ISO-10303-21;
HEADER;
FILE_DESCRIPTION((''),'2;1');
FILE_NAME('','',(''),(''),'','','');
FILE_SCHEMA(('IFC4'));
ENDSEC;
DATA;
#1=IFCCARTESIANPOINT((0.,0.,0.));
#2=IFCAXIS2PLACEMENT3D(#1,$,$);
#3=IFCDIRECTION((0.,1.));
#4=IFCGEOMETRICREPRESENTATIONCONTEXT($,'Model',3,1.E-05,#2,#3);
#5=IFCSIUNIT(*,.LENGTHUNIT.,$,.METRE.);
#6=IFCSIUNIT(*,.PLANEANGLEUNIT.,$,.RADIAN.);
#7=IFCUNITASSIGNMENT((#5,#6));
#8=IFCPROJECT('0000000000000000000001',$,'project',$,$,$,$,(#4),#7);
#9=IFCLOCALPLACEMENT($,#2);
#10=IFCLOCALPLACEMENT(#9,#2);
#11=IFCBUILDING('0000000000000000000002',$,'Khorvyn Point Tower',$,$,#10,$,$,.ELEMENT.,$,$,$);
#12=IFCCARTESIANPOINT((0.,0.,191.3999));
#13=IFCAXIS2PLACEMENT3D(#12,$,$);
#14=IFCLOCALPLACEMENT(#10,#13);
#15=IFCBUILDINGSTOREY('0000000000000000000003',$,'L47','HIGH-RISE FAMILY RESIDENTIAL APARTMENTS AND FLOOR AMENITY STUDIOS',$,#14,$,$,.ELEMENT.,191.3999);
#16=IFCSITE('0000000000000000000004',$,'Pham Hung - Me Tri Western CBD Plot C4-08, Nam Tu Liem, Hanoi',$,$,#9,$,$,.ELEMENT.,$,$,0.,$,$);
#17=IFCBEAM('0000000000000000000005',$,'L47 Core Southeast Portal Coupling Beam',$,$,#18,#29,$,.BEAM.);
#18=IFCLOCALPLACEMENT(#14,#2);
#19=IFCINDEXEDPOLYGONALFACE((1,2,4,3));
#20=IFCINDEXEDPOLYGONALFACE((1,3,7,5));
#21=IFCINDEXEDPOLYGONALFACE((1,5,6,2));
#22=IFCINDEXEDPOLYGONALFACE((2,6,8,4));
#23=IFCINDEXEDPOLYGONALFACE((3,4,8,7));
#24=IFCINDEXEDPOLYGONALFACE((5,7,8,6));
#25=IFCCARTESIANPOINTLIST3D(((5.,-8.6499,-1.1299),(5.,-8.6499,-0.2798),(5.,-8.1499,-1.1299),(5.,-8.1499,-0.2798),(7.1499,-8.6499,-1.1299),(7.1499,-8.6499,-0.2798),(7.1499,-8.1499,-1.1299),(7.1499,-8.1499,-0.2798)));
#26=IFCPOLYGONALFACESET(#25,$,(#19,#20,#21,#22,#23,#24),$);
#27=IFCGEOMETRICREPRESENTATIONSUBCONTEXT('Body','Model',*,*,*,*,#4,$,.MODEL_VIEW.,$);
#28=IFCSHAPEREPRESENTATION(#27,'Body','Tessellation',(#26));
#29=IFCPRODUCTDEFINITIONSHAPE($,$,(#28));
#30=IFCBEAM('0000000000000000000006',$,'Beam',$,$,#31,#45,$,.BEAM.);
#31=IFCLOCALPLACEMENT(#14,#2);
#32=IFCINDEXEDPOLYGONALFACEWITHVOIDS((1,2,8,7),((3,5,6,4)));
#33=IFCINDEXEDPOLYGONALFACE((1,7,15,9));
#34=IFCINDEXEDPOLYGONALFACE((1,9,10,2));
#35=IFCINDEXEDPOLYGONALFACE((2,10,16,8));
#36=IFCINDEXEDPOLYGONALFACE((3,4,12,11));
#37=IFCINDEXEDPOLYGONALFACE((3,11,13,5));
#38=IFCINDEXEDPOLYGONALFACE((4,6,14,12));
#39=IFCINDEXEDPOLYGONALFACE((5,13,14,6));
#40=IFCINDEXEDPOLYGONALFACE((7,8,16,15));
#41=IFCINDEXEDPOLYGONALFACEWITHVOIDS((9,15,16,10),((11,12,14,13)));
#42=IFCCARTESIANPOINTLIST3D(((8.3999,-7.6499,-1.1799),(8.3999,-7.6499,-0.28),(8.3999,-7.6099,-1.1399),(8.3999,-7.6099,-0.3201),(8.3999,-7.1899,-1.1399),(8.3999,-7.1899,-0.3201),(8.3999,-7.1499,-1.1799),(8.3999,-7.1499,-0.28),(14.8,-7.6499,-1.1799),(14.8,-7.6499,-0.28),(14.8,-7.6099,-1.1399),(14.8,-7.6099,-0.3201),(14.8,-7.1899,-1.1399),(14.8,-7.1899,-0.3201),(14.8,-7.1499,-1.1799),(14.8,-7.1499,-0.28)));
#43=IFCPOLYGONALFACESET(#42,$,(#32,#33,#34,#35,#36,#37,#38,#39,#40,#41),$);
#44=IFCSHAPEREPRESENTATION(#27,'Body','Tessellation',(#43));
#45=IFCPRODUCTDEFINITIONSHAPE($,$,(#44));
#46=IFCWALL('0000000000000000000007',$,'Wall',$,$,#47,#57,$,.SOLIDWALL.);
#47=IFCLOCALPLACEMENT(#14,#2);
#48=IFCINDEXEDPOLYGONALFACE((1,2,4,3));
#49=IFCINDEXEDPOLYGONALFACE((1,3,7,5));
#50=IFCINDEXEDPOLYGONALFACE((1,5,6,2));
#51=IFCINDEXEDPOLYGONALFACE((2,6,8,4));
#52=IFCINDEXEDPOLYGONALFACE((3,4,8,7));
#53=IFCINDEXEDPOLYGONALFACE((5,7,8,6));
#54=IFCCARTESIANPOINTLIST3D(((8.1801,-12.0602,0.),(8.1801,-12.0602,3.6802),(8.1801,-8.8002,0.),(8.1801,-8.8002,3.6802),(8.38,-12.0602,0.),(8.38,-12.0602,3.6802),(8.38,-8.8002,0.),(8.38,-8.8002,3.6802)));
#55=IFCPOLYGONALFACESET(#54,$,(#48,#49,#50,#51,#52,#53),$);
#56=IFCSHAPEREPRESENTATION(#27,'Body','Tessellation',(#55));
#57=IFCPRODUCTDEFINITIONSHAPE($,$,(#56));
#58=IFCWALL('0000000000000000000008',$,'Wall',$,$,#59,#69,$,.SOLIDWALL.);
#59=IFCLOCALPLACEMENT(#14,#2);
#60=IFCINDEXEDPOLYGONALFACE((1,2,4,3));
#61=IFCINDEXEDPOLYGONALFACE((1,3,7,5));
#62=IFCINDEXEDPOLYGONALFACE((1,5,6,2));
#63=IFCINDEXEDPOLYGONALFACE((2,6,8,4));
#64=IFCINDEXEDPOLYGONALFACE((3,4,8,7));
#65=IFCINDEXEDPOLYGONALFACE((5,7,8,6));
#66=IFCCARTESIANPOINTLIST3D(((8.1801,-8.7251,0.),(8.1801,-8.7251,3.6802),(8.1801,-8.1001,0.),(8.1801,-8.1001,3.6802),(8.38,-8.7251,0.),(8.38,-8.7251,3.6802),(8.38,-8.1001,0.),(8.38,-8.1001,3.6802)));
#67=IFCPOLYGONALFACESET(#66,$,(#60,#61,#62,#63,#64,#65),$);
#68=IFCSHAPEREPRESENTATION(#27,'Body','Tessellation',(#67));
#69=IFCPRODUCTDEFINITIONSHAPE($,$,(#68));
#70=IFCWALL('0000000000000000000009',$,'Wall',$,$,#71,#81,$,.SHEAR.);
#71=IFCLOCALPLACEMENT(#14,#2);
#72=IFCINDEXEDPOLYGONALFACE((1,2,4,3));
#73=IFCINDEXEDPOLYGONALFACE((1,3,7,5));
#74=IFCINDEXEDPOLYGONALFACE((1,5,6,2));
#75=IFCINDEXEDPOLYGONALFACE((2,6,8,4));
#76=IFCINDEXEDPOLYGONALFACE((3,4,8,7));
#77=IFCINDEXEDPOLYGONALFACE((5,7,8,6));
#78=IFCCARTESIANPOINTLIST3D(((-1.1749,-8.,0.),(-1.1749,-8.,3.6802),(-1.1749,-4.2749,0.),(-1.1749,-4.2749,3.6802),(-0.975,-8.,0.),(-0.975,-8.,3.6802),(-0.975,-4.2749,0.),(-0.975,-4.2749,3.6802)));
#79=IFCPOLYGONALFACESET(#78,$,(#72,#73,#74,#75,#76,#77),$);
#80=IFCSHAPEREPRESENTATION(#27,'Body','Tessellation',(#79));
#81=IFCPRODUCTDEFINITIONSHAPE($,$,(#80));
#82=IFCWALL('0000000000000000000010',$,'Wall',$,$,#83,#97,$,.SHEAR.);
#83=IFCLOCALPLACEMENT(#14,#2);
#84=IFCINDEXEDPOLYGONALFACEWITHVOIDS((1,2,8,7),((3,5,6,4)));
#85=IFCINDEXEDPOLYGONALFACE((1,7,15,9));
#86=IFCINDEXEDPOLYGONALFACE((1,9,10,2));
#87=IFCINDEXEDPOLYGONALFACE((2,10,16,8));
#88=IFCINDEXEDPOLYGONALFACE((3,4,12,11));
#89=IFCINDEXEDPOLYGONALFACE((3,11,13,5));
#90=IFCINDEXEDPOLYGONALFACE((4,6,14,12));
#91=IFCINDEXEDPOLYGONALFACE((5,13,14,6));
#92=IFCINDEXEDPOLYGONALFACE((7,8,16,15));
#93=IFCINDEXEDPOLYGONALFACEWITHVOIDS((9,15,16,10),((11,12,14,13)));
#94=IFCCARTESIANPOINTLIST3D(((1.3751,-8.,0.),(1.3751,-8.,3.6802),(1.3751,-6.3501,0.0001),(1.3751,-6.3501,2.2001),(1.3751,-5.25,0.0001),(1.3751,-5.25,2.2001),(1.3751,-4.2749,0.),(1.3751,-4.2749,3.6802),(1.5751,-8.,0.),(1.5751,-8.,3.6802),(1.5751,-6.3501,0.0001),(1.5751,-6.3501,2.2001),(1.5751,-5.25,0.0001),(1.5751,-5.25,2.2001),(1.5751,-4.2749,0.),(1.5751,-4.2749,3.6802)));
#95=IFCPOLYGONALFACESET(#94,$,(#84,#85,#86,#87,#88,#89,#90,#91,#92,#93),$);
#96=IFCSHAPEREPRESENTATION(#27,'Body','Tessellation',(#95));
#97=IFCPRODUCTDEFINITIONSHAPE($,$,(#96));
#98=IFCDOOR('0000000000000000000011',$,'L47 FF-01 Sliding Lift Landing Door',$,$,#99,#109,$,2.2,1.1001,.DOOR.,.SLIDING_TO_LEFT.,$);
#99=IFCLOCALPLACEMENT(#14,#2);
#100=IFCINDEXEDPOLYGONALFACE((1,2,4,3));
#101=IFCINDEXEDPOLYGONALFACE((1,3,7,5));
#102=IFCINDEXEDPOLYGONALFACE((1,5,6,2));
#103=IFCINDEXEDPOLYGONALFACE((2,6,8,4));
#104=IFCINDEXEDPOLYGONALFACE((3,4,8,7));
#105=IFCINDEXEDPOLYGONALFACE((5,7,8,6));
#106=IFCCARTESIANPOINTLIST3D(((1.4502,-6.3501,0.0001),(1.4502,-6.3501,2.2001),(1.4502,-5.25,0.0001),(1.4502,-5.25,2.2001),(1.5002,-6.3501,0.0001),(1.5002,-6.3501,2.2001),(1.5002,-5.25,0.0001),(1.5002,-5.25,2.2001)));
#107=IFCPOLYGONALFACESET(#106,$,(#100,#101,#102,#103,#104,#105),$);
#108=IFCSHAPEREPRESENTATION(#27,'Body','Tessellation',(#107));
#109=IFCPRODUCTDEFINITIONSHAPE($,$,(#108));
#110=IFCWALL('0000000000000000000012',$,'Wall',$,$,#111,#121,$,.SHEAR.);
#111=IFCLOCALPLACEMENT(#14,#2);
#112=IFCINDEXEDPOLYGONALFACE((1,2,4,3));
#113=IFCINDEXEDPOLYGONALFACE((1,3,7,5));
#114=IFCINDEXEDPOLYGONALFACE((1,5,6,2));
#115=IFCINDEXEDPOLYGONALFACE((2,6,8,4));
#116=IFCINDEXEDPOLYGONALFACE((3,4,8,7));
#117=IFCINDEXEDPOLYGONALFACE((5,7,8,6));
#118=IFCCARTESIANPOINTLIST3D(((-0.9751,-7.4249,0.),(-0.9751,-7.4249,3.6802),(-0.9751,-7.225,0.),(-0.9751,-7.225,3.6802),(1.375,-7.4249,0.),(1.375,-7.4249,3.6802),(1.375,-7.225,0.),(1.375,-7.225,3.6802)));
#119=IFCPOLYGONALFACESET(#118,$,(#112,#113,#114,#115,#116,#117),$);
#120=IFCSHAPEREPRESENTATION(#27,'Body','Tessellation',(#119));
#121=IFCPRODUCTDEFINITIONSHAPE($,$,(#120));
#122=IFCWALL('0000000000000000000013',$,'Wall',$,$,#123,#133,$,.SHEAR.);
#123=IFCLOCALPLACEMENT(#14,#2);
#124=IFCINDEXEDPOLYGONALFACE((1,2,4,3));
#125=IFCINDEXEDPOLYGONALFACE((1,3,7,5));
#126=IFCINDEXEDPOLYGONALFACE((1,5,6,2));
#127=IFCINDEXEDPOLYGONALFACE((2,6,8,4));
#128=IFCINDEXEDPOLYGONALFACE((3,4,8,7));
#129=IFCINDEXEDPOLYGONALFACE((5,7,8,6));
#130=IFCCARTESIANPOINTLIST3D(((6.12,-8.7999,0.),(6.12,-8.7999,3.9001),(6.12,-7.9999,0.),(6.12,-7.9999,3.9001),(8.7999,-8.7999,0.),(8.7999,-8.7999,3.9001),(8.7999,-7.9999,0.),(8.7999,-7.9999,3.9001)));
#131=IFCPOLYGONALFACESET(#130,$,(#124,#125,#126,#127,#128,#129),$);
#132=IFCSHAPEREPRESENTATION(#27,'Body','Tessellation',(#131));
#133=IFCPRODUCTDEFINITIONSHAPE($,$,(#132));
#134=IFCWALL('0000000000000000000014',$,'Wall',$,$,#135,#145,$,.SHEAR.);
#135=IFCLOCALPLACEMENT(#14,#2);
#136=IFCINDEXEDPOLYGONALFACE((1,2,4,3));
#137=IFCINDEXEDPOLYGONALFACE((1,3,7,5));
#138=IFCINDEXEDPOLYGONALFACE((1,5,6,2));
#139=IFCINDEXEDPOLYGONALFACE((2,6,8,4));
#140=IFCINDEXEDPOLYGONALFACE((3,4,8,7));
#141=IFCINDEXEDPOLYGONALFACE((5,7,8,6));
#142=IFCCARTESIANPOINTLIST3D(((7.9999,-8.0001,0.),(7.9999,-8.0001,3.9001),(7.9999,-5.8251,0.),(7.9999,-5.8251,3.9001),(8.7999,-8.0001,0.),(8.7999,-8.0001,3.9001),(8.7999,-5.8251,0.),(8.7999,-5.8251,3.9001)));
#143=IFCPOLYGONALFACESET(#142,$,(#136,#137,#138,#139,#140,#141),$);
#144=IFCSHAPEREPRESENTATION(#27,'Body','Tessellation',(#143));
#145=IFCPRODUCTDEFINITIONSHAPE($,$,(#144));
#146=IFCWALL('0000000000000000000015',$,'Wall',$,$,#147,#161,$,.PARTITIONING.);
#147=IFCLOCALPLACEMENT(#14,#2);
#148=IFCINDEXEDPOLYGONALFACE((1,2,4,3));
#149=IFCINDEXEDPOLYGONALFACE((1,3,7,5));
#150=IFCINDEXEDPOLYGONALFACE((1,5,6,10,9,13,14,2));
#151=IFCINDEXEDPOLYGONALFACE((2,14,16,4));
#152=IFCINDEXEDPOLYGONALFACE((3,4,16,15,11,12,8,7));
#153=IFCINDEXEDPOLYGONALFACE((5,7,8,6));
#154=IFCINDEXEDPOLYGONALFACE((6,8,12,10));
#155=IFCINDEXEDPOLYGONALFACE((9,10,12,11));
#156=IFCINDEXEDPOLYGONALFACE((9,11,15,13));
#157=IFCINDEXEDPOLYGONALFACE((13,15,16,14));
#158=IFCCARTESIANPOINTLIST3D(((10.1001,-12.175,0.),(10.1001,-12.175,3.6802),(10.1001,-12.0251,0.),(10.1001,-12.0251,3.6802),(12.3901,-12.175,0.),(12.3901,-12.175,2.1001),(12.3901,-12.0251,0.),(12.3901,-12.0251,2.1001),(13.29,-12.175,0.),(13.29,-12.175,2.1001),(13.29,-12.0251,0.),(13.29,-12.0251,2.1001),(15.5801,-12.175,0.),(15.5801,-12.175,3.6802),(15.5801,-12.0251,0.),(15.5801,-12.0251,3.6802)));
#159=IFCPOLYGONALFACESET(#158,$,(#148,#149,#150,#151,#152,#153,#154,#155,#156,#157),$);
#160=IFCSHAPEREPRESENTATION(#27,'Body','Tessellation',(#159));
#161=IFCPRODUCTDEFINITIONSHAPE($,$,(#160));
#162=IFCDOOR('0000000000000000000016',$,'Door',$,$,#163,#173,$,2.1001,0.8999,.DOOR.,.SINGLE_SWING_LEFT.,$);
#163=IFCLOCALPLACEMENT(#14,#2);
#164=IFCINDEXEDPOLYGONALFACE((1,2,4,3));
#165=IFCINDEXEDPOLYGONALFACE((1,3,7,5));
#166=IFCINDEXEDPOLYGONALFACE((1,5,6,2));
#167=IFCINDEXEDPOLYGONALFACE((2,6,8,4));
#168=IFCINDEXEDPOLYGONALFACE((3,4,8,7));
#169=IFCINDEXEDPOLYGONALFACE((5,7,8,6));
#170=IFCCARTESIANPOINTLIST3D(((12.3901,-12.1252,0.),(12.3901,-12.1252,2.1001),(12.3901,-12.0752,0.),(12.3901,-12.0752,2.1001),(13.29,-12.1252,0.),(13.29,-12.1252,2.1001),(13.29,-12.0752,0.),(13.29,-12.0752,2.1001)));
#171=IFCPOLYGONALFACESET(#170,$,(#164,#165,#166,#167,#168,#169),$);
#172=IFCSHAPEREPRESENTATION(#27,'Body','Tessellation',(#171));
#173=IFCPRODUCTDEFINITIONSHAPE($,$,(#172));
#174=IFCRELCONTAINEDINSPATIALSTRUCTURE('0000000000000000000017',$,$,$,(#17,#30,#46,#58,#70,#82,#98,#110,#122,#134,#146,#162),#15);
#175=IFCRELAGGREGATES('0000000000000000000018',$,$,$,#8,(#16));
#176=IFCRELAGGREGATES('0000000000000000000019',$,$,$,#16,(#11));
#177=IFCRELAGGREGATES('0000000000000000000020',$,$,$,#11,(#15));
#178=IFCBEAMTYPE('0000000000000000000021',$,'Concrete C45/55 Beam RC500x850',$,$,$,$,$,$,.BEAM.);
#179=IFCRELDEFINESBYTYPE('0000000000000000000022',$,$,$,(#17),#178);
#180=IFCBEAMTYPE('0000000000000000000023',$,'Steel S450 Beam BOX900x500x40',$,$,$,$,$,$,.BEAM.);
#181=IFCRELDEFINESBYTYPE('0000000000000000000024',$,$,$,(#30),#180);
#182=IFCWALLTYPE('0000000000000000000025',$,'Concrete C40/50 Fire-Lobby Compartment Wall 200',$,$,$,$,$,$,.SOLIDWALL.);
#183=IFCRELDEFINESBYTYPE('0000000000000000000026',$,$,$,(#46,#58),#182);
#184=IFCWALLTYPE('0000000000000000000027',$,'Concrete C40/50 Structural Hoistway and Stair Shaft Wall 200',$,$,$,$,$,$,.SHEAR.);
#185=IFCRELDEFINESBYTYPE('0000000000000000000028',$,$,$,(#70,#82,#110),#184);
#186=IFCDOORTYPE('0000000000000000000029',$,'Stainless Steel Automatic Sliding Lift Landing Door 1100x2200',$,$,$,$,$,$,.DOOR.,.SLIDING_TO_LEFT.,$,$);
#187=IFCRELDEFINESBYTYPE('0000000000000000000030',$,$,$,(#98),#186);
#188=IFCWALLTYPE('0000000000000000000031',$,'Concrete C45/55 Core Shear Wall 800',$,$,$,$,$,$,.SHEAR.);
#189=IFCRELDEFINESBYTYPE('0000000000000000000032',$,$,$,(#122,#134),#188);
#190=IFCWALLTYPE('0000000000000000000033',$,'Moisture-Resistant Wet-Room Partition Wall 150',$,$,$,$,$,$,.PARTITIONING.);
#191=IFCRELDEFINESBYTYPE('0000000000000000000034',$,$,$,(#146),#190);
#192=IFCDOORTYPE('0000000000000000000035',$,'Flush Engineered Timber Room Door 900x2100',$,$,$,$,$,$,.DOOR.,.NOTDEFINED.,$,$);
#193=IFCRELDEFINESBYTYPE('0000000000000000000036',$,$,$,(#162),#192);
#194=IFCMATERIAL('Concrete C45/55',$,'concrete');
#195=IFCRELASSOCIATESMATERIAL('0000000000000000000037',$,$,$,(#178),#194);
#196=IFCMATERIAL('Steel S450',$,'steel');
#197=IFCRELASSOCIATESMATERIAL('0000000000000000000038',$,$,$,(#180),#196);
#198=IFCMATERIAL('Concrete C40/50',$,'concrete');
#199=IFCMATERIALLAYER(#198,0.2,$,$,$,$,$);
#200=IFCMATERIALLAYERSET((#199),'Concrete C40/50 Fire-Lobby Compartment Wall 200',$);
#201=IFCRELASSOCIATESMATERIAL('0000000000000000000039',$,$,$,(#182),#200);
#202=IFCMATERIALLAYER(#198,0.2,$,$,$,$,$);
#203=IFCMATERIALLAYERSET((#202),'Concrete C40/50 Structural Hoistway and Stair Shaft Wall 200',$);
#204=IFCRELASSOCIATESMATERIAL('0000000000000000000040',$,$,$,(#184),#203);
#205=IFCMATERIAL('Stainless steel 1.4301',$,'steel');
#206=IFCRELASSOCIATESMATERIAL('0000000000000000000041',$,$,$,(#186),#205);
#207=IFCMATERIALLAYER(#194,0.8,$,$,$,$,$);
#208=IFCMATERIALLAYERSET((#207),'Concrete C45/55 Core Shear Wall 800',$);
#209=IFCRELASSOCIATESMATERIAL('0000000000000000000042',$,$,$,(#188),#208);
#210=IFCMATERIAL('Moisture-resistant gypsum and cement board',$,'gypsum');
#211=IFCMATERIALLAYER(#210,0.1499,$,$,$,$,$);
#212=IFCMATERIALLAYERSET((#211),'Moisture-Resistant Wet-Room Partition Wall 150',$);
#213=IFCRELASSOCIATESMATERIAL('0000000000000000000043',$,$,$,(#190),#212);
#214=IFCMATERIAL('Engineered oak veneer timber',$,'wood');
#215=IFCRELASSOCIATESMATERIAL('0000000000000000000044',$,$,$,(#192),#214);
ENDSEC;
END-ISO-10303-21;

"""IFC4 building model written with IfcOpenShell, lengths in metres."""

from ifc_helpers import new_model, si_unit, direction, frame, frame_2d, origin, origin_2d, place, context, subcontext, project, spatial, rectangle, hollow_rectangle, extrude, material, layer, layer_set, material_profile, profile_set, type_object, element, fill, save


model = new_model("IFC4")

# Units and contexts
model_context = context("Model", 3, precision=1e-05, world=origin(), true_north=direction((0.0, 1.0)))
body_context = subcontext(model_context, "Body", "Model", "MODEL_VIEW")
ifc_project = project(units=[si_unit("LENGTHUNIT", "METRE"), si_unit("PLANEANGLEUNIT", "RADIAN")], contexts=[model_context])

# Site, building, storey
site_placement = place(None, origin())
site = spatial("IfcSite", under=ifc_project, at=site_placement, Name="Pham Hung - Me Tri Western CBD Plot C4-08, Nam Tu Liem, Hanoi", CompositionType="ELEMENT", RefElevation=0.0)
building_placement = place(site_placement, origin())
building = spatial("IfcBuilding", under=site, at=building_placement, Name="Khorvyn Point Tower", CompositionType="ELEMENT")
storey_placement = place(building_placement, frame((0.0, 0.0, 191.3999)))
storey = spatial("IfcBuildingStorey", under=building, at=storey_placement, Name="L47", Description="HIGH-RISE FAMILY RESIDENTIAL APARTMENTS AND FLOOR AMENITY STUDIOS", CompositionType="ELEMENT", Elevation=191.3999)

# Beams
ifc_material_1 = material(Name="Concrete C45/55", Category="concrete")
ifc_material_profile_1 = material_profile(ifc_material_1, rectangle(XDim=0.5, YDim=0.8501, at=origin_2d()))
ifc_profile_set_1 = profile_set([ifc_material_profile_1], Name="Concrete C45/55 RC500x850")
beam_type_1 = type_object("IfcBeamType", Name="Concrete C45/55 Beam RC500x850", PredefinedType="BEAM", material=ifc_profile_set_1)
beam_1_placement = place(storey_placement, frame((5.0, -8.3999, -0.7048), z_axis=(1.0, 0.0, 0.0), x_axis=(0.0, 1.0, 0.0)))
element("IfcBeam", 1, at=beam_1_placement, inside=storey, type_object=beam_type_1, Name="L47 Core Southeast Portal Coupling Beam", PredefinedType="BEAM", context=body_context, shape_type="SweptSolid", body=[
    extrude(rectangle(XDim=0.5, YDim=0.8501, at=origin_2d()), origin(), (0.0, 0.0, 1.0), 2.1499),
])
ifc_material_2 = material(Name="Steel S450", Category="steel")
ifc_material_profile_2 = material_profile(ifc_material_2, hollow_rectangle(XDim=0.5, YDim=0.8999, WallThickness=0.04, at=origin_2d()))
ifc_profile_set_2 = profile_set([ifc_material_profile_2], Name="Steel S450 BOX900x500x40")
beam_type_2 = type_object("IfcBeamType", Name="Steel S450 Beam BOX900x500x40", PredefinedType="BEAM", material=ifc_profile_set_2)
beam_2_placement = place(storey_placement, frame((8.3999, -7.3999, -0.73), z_axis=(1.0, 0.0, 0.0), x_axis=(0.0, 1.0, 0.0)))
element("IfcBeam", 2, at=beam_2_placement, inside=storey, type_object=beam_type_2, Name="Beam", PredefinedType="BEAM", context=body_context, shape_type="SweptSolid", body=[
    extrude(hollow_rectangle(XDim=0.5, YDim=0.8999, WallThickness=0.04, at=origin_2d()), origin(), (0.0, 0.0, 1.0), 6.4001),
])

# Shared definitions
ifc_material_3 = material(Name="Concrete C40/50", Category="concrete")
ifc_layer_1 = layer(ifc_material_3, 0.2)
ifc_layer_set_1 = layer_set([ifc_layer_1], Name="Concrete C40/50 Fire-Lobby Compartment Wall 200")
wall_type_1 = type_object("IfcWallType", Name="Concrete C40/50 Fire-Lobby Compartment Wall 200", PredefinedType="SOLIDWALL", material=ifc_layer_set_1)

# Walls
wall_1_placement = place(storey_placement, frame((8.28, -12.0601, 0.0), z_axis=(0.0, 0.0, 1.0), x_axis=(0.0, 1.0, 0.0)))
element("IfcWall", 3, at=wall_1_placement, inside=storey, type_object=wall_type_1, Name="Wall", PredefinedType="SOLIDWALL", context=body_context, shape_type="SweptSolid", body=[
    extrude(rectangle(XDim=3.26, YDim=0.2, at=frame_2d((1.6299, 0.0))), origin(), (0.0, 0.0, 1.0), 3.6802),
])
wall_2_placement = place(storey_placement, frame((8.28, -8.7251, 0.0), z_axis=(0.0, 0.0, 1.0), x_axis=(0.0, 1.0, 0.0)))
element("IfcWall", 4, at=wall_2_placement, inside=storey, type_object=wall_type_1, Name="Wall", PredefinedType="SOLIDWALL", context=body_context, shape_type="SweptSolid", body=[
    extrude(rectangle(XDim=0.625, YDim=0.2, at=frame_2d((0.3125, 0.0))), origin(), (0.0, 0.0, 1.0), 3.6802),
])

# Wall
ifc_layer_2 = layer(ifc_material_3, 0.2)
ifc_layer_set_2 = layer_set([ifc_layer_2], Name="Concrete C40/50 Structural Hoistway and Stair Shaft Wall 200")
wall_type_2 = type_object("IfcWallType", Name="Concrete C40/50 Structural Hoistway and Stair Shaft Wall 200", PredefinedType="SHEAR", material=ifc_layer_set_2)
wall_3_placement = place(storey_placement, frame((-1.075, -8.0, 0.0), z_axis=(0.0, 0.0, 1.0), x_axis=(0.0, 1.0, 0.0)))
element("IfcWall", 5, at=wall_3_placement, inside=storey, type_object=wall_type_2, Name="Wall", PredefinedType="SHEAR", context=body_context, shape_type="SweptSolid", body=[
    extrude(rectangle(XDim=3.7251, YDim=0.2, at=frame_2d((1.8625, 0.0))), origin(), (0.0, 0.0, 1.0), 3.6802),
])

# Wall, opening, door
wall_4_placement = place(storey_placement, frame((1.4751, -8.0, 0.0), z_axis=(0.0, 0.0, 1.0), x_axis=(0.0, 1.0, 0.0)))
wall_4 = element("IfcWall", 6, at=wall_4_placement, inside=storey, type_object=wall_type_2, Name="Wall", PredefinedType="SHEAR", context=body_context, shape_type="SweptSolid", body=[
    extrude(rectangle(XDim=3.7251, YDim=0.2, at=frame_2d((1.8625, 0.0))), origin(), (0.0, 0.0, 1.0), 3.6802),
])
opening_1_placement = place(wall_4_placement, frame((1.6499, 0.0, 0.0)))
opening_1 = element("IfcOpeningElement", 7, at=opening_1_placement, cuts=wall_4, PredefinedType="OPENING", context=body_context, shape_type="SweptSolid", body=[
    extrude(rectangle(XDim=1.1001, YDim=2.2, at=frame_2d((0.55, 1.1001))), frame((0.0, 0.1099, 0.0), z_axis=(0.0, -1.0, 0.0), x_axis=(1.0, 0.0, 0.0)), (0.0, 0.0, 1.0), 0.22),
])
ifc_material_4 = material(Name="Stainless steel 1.4301", Category="steel")
door_type_1 = type_object("IfcDoorType", Name="Stainless Steel Automatic Sliding Lift Landing Door 1100x2200", OperationType="SLIDING_TO_LEFT", PredefinedType="DOOR", material=ifc_material_4)
door_1_placement = place(opening_1_placement, origin())
door_1 = element("IfcDoor", 8, at=door_1_placement, inside=storey, type_object=door_type_1, Name="L47 FF-01 Sliding Lift Landing Door", OperationType="SLIDING_TO_LEFT", OverallHeight=2.2, OverallWidth=1.1001, PredefinedType="DOOR", context=body_context, shape_type="SweptSolid", body=[
    extrude(rectangle(XDim=1.1001, YDim=2.2, at=frame_2d((0.55, 1.1001))), frame((0.0, 0.0249, 0.0), z_axis=(0.0, -1.0, 0.0), x_axis=(1.0, 0.0, 0.0)), (0.0, 0.0, 1.0), 0.05),
])
fill(opening_1, door_1)

# Walls
wall_5_placement = place(storey_placement, frame((-0.9751, -7.325, 0.0), z_axis=(0.0, 0.0, 1.0), x_axis=(1.0, 0.0, 0.0)))
element("IfcWall", 9, at=wall_5_placement, inside=storey, type_object=wall_type_2, Name="Wall", PredefinedType="SHEAR", context=body_context, shape_type="SweptSolid", body=[
    extrude(rectangle(XDim=2.3501, YDim=0.2, at=frame_2d((1.175, 0.0))), origin(), (0.0, 0.0, 1.0), 3.6802),
])
ifc_layer_3 = layer(ifc_material_1, 0.8)
ifc_layer_set_3 = layer_set([ifc_layer_3], Name="Concrete C45/55 Core Shear Wall 800")
wall_type_3 = type_object("IfcWallType", Name="Concrete C45/55 Core Shear Wall 800", PredefinedType="SHEAR", material=ifc_layer_set_3)
wall_6_placement = place(storey_placement, frame((6.1201, -8.3999, 0.0), z_axis=(0.0, 0.0, 1.0), x_axis=(1.0, 0.0, 0.0)))
element("IfcWall", 10, at=wall_6_placement, inside=storey, type_object=wall_type_3, Name="Wall", PredefinedType="SHEAR", context=body_context, shape_type="SweptSolid", body=[
    extrude(rectangle(XDim=2.6799, YDim=0.8, at=frame_2d((1.3398, 0.0))), origin(), (0.0, 0.0, 1.0), 3.9001),
])
wall_7_placement = place(storey_placement, frame((8.3999, -8.0, 0.0), z_axis=(0.0, 0.0, 1.0), x_axis=(0.0, 1.0, 0.0)))
element("IfcWall", 11, at=wall_7_placement, inside=storey, type_object=wall_type_3, Name="Wall", PredefinedType="SHEAR", context=body_context, shape_type="SweptSolid", body=[
    extrude(rectangle(XDim=2.175, YDim=0.8, at=frame_2d((1.0874, 0.0))), origin(), (0.0, 0.0, 1.0), 3.9001),
])

# Wall, opening, door
ifc_material_5 = material(Name="Moisture-resistant gypsum and cement board", Category="gypsum")
ifc_layer_4 = layer(ifc_material_5, 0.1499)
ifc_layer_set_4 = layer_set([ifc_layer_4], Name="Moisture-Resistant Wet-Room Partition Wall 150")
wall_type_4 = type_object("IfcWallType", Name="Moisture-Resistant Wet-Room Partition Wall 150", PredefinedType="PARTITIONING", material=ifc_layer_set_4)
wall_8_placement = place(storey_placement, frame((10.1001, -12.1001, 0.0), z_axis=(0.0, 0.0, 1.0), x_axis=(1.0, 0.0, 0.0)))
wall_8 = element("IfcWall", 12, at=wall_8_placement, inside=storey, type_object=wall_type_4, Name="Wall", PredefinedType="PARTITIONING", context=body_context, shape_type="SweptSolid", body=[
    extrude(rectangle(XDim=5.48, YDim=0.1499, at=frame_2d((2.74, 0.0))), origin(), (0.0, 0.0, 1.0), 3.6802),
])
opening_2_placement = place(wall_8_placement, frame((2.29, 0.0, 0.0)))
opening_2 = element("IfcOpeningElement", 13, at=opening_2_placement, cuts=wall_8, PredefinedType="OPENING", context=body_context, shape_type="SweptSolid", body=[
    extrude(rectangle(XDim=0.8999, YDim=2.1001, at=frame_2d((0.45, 1.05))), frame((0.0, 0.085, 0.0), z_axis=(0.0, -1.0, 0.0), x_axis=(1.0, 0.0, 0.0)), (0.0, 0.0, 1.0), 0.1699),
])
ifc_material_6 = material(Name="Engineered oak veneer timber", Category="wood")
door_type_2 = type_object("IfcDoorType", Name="Flush Engineered Timber Room Door 900x2100", OperationType="NOTDEFINED", PredefinedType="DOOR", material=ifc_material_6)
door_2_placement = place(opening_2_placement, origin())
door_2 = element("IfcDoor", 14, at=door_2_placement, inside=storey, type_object=door_type_2, Name="Door", OperationType="SINGLE_SWING_LEFT", OverallHeight=2.1001, OverallWidth=0.8999, PredefinedType="DOOR", context=body_context, shape_type="SweptSolid", body=[
    extrude(rectangle(XDim=0.8999, YDim=2.1001, at=frame_2d((0.45, 1.05))), frame((0.0, 0.0249, 0.0), z_axis=(0.0, -1.0, 0.0), x_axis=(1.0, 0.0, 0.0)), (0.0, 0.0, 1.0), 0.05),
])
fill(opening_2, door_2)

save(model, "model.ifc")
